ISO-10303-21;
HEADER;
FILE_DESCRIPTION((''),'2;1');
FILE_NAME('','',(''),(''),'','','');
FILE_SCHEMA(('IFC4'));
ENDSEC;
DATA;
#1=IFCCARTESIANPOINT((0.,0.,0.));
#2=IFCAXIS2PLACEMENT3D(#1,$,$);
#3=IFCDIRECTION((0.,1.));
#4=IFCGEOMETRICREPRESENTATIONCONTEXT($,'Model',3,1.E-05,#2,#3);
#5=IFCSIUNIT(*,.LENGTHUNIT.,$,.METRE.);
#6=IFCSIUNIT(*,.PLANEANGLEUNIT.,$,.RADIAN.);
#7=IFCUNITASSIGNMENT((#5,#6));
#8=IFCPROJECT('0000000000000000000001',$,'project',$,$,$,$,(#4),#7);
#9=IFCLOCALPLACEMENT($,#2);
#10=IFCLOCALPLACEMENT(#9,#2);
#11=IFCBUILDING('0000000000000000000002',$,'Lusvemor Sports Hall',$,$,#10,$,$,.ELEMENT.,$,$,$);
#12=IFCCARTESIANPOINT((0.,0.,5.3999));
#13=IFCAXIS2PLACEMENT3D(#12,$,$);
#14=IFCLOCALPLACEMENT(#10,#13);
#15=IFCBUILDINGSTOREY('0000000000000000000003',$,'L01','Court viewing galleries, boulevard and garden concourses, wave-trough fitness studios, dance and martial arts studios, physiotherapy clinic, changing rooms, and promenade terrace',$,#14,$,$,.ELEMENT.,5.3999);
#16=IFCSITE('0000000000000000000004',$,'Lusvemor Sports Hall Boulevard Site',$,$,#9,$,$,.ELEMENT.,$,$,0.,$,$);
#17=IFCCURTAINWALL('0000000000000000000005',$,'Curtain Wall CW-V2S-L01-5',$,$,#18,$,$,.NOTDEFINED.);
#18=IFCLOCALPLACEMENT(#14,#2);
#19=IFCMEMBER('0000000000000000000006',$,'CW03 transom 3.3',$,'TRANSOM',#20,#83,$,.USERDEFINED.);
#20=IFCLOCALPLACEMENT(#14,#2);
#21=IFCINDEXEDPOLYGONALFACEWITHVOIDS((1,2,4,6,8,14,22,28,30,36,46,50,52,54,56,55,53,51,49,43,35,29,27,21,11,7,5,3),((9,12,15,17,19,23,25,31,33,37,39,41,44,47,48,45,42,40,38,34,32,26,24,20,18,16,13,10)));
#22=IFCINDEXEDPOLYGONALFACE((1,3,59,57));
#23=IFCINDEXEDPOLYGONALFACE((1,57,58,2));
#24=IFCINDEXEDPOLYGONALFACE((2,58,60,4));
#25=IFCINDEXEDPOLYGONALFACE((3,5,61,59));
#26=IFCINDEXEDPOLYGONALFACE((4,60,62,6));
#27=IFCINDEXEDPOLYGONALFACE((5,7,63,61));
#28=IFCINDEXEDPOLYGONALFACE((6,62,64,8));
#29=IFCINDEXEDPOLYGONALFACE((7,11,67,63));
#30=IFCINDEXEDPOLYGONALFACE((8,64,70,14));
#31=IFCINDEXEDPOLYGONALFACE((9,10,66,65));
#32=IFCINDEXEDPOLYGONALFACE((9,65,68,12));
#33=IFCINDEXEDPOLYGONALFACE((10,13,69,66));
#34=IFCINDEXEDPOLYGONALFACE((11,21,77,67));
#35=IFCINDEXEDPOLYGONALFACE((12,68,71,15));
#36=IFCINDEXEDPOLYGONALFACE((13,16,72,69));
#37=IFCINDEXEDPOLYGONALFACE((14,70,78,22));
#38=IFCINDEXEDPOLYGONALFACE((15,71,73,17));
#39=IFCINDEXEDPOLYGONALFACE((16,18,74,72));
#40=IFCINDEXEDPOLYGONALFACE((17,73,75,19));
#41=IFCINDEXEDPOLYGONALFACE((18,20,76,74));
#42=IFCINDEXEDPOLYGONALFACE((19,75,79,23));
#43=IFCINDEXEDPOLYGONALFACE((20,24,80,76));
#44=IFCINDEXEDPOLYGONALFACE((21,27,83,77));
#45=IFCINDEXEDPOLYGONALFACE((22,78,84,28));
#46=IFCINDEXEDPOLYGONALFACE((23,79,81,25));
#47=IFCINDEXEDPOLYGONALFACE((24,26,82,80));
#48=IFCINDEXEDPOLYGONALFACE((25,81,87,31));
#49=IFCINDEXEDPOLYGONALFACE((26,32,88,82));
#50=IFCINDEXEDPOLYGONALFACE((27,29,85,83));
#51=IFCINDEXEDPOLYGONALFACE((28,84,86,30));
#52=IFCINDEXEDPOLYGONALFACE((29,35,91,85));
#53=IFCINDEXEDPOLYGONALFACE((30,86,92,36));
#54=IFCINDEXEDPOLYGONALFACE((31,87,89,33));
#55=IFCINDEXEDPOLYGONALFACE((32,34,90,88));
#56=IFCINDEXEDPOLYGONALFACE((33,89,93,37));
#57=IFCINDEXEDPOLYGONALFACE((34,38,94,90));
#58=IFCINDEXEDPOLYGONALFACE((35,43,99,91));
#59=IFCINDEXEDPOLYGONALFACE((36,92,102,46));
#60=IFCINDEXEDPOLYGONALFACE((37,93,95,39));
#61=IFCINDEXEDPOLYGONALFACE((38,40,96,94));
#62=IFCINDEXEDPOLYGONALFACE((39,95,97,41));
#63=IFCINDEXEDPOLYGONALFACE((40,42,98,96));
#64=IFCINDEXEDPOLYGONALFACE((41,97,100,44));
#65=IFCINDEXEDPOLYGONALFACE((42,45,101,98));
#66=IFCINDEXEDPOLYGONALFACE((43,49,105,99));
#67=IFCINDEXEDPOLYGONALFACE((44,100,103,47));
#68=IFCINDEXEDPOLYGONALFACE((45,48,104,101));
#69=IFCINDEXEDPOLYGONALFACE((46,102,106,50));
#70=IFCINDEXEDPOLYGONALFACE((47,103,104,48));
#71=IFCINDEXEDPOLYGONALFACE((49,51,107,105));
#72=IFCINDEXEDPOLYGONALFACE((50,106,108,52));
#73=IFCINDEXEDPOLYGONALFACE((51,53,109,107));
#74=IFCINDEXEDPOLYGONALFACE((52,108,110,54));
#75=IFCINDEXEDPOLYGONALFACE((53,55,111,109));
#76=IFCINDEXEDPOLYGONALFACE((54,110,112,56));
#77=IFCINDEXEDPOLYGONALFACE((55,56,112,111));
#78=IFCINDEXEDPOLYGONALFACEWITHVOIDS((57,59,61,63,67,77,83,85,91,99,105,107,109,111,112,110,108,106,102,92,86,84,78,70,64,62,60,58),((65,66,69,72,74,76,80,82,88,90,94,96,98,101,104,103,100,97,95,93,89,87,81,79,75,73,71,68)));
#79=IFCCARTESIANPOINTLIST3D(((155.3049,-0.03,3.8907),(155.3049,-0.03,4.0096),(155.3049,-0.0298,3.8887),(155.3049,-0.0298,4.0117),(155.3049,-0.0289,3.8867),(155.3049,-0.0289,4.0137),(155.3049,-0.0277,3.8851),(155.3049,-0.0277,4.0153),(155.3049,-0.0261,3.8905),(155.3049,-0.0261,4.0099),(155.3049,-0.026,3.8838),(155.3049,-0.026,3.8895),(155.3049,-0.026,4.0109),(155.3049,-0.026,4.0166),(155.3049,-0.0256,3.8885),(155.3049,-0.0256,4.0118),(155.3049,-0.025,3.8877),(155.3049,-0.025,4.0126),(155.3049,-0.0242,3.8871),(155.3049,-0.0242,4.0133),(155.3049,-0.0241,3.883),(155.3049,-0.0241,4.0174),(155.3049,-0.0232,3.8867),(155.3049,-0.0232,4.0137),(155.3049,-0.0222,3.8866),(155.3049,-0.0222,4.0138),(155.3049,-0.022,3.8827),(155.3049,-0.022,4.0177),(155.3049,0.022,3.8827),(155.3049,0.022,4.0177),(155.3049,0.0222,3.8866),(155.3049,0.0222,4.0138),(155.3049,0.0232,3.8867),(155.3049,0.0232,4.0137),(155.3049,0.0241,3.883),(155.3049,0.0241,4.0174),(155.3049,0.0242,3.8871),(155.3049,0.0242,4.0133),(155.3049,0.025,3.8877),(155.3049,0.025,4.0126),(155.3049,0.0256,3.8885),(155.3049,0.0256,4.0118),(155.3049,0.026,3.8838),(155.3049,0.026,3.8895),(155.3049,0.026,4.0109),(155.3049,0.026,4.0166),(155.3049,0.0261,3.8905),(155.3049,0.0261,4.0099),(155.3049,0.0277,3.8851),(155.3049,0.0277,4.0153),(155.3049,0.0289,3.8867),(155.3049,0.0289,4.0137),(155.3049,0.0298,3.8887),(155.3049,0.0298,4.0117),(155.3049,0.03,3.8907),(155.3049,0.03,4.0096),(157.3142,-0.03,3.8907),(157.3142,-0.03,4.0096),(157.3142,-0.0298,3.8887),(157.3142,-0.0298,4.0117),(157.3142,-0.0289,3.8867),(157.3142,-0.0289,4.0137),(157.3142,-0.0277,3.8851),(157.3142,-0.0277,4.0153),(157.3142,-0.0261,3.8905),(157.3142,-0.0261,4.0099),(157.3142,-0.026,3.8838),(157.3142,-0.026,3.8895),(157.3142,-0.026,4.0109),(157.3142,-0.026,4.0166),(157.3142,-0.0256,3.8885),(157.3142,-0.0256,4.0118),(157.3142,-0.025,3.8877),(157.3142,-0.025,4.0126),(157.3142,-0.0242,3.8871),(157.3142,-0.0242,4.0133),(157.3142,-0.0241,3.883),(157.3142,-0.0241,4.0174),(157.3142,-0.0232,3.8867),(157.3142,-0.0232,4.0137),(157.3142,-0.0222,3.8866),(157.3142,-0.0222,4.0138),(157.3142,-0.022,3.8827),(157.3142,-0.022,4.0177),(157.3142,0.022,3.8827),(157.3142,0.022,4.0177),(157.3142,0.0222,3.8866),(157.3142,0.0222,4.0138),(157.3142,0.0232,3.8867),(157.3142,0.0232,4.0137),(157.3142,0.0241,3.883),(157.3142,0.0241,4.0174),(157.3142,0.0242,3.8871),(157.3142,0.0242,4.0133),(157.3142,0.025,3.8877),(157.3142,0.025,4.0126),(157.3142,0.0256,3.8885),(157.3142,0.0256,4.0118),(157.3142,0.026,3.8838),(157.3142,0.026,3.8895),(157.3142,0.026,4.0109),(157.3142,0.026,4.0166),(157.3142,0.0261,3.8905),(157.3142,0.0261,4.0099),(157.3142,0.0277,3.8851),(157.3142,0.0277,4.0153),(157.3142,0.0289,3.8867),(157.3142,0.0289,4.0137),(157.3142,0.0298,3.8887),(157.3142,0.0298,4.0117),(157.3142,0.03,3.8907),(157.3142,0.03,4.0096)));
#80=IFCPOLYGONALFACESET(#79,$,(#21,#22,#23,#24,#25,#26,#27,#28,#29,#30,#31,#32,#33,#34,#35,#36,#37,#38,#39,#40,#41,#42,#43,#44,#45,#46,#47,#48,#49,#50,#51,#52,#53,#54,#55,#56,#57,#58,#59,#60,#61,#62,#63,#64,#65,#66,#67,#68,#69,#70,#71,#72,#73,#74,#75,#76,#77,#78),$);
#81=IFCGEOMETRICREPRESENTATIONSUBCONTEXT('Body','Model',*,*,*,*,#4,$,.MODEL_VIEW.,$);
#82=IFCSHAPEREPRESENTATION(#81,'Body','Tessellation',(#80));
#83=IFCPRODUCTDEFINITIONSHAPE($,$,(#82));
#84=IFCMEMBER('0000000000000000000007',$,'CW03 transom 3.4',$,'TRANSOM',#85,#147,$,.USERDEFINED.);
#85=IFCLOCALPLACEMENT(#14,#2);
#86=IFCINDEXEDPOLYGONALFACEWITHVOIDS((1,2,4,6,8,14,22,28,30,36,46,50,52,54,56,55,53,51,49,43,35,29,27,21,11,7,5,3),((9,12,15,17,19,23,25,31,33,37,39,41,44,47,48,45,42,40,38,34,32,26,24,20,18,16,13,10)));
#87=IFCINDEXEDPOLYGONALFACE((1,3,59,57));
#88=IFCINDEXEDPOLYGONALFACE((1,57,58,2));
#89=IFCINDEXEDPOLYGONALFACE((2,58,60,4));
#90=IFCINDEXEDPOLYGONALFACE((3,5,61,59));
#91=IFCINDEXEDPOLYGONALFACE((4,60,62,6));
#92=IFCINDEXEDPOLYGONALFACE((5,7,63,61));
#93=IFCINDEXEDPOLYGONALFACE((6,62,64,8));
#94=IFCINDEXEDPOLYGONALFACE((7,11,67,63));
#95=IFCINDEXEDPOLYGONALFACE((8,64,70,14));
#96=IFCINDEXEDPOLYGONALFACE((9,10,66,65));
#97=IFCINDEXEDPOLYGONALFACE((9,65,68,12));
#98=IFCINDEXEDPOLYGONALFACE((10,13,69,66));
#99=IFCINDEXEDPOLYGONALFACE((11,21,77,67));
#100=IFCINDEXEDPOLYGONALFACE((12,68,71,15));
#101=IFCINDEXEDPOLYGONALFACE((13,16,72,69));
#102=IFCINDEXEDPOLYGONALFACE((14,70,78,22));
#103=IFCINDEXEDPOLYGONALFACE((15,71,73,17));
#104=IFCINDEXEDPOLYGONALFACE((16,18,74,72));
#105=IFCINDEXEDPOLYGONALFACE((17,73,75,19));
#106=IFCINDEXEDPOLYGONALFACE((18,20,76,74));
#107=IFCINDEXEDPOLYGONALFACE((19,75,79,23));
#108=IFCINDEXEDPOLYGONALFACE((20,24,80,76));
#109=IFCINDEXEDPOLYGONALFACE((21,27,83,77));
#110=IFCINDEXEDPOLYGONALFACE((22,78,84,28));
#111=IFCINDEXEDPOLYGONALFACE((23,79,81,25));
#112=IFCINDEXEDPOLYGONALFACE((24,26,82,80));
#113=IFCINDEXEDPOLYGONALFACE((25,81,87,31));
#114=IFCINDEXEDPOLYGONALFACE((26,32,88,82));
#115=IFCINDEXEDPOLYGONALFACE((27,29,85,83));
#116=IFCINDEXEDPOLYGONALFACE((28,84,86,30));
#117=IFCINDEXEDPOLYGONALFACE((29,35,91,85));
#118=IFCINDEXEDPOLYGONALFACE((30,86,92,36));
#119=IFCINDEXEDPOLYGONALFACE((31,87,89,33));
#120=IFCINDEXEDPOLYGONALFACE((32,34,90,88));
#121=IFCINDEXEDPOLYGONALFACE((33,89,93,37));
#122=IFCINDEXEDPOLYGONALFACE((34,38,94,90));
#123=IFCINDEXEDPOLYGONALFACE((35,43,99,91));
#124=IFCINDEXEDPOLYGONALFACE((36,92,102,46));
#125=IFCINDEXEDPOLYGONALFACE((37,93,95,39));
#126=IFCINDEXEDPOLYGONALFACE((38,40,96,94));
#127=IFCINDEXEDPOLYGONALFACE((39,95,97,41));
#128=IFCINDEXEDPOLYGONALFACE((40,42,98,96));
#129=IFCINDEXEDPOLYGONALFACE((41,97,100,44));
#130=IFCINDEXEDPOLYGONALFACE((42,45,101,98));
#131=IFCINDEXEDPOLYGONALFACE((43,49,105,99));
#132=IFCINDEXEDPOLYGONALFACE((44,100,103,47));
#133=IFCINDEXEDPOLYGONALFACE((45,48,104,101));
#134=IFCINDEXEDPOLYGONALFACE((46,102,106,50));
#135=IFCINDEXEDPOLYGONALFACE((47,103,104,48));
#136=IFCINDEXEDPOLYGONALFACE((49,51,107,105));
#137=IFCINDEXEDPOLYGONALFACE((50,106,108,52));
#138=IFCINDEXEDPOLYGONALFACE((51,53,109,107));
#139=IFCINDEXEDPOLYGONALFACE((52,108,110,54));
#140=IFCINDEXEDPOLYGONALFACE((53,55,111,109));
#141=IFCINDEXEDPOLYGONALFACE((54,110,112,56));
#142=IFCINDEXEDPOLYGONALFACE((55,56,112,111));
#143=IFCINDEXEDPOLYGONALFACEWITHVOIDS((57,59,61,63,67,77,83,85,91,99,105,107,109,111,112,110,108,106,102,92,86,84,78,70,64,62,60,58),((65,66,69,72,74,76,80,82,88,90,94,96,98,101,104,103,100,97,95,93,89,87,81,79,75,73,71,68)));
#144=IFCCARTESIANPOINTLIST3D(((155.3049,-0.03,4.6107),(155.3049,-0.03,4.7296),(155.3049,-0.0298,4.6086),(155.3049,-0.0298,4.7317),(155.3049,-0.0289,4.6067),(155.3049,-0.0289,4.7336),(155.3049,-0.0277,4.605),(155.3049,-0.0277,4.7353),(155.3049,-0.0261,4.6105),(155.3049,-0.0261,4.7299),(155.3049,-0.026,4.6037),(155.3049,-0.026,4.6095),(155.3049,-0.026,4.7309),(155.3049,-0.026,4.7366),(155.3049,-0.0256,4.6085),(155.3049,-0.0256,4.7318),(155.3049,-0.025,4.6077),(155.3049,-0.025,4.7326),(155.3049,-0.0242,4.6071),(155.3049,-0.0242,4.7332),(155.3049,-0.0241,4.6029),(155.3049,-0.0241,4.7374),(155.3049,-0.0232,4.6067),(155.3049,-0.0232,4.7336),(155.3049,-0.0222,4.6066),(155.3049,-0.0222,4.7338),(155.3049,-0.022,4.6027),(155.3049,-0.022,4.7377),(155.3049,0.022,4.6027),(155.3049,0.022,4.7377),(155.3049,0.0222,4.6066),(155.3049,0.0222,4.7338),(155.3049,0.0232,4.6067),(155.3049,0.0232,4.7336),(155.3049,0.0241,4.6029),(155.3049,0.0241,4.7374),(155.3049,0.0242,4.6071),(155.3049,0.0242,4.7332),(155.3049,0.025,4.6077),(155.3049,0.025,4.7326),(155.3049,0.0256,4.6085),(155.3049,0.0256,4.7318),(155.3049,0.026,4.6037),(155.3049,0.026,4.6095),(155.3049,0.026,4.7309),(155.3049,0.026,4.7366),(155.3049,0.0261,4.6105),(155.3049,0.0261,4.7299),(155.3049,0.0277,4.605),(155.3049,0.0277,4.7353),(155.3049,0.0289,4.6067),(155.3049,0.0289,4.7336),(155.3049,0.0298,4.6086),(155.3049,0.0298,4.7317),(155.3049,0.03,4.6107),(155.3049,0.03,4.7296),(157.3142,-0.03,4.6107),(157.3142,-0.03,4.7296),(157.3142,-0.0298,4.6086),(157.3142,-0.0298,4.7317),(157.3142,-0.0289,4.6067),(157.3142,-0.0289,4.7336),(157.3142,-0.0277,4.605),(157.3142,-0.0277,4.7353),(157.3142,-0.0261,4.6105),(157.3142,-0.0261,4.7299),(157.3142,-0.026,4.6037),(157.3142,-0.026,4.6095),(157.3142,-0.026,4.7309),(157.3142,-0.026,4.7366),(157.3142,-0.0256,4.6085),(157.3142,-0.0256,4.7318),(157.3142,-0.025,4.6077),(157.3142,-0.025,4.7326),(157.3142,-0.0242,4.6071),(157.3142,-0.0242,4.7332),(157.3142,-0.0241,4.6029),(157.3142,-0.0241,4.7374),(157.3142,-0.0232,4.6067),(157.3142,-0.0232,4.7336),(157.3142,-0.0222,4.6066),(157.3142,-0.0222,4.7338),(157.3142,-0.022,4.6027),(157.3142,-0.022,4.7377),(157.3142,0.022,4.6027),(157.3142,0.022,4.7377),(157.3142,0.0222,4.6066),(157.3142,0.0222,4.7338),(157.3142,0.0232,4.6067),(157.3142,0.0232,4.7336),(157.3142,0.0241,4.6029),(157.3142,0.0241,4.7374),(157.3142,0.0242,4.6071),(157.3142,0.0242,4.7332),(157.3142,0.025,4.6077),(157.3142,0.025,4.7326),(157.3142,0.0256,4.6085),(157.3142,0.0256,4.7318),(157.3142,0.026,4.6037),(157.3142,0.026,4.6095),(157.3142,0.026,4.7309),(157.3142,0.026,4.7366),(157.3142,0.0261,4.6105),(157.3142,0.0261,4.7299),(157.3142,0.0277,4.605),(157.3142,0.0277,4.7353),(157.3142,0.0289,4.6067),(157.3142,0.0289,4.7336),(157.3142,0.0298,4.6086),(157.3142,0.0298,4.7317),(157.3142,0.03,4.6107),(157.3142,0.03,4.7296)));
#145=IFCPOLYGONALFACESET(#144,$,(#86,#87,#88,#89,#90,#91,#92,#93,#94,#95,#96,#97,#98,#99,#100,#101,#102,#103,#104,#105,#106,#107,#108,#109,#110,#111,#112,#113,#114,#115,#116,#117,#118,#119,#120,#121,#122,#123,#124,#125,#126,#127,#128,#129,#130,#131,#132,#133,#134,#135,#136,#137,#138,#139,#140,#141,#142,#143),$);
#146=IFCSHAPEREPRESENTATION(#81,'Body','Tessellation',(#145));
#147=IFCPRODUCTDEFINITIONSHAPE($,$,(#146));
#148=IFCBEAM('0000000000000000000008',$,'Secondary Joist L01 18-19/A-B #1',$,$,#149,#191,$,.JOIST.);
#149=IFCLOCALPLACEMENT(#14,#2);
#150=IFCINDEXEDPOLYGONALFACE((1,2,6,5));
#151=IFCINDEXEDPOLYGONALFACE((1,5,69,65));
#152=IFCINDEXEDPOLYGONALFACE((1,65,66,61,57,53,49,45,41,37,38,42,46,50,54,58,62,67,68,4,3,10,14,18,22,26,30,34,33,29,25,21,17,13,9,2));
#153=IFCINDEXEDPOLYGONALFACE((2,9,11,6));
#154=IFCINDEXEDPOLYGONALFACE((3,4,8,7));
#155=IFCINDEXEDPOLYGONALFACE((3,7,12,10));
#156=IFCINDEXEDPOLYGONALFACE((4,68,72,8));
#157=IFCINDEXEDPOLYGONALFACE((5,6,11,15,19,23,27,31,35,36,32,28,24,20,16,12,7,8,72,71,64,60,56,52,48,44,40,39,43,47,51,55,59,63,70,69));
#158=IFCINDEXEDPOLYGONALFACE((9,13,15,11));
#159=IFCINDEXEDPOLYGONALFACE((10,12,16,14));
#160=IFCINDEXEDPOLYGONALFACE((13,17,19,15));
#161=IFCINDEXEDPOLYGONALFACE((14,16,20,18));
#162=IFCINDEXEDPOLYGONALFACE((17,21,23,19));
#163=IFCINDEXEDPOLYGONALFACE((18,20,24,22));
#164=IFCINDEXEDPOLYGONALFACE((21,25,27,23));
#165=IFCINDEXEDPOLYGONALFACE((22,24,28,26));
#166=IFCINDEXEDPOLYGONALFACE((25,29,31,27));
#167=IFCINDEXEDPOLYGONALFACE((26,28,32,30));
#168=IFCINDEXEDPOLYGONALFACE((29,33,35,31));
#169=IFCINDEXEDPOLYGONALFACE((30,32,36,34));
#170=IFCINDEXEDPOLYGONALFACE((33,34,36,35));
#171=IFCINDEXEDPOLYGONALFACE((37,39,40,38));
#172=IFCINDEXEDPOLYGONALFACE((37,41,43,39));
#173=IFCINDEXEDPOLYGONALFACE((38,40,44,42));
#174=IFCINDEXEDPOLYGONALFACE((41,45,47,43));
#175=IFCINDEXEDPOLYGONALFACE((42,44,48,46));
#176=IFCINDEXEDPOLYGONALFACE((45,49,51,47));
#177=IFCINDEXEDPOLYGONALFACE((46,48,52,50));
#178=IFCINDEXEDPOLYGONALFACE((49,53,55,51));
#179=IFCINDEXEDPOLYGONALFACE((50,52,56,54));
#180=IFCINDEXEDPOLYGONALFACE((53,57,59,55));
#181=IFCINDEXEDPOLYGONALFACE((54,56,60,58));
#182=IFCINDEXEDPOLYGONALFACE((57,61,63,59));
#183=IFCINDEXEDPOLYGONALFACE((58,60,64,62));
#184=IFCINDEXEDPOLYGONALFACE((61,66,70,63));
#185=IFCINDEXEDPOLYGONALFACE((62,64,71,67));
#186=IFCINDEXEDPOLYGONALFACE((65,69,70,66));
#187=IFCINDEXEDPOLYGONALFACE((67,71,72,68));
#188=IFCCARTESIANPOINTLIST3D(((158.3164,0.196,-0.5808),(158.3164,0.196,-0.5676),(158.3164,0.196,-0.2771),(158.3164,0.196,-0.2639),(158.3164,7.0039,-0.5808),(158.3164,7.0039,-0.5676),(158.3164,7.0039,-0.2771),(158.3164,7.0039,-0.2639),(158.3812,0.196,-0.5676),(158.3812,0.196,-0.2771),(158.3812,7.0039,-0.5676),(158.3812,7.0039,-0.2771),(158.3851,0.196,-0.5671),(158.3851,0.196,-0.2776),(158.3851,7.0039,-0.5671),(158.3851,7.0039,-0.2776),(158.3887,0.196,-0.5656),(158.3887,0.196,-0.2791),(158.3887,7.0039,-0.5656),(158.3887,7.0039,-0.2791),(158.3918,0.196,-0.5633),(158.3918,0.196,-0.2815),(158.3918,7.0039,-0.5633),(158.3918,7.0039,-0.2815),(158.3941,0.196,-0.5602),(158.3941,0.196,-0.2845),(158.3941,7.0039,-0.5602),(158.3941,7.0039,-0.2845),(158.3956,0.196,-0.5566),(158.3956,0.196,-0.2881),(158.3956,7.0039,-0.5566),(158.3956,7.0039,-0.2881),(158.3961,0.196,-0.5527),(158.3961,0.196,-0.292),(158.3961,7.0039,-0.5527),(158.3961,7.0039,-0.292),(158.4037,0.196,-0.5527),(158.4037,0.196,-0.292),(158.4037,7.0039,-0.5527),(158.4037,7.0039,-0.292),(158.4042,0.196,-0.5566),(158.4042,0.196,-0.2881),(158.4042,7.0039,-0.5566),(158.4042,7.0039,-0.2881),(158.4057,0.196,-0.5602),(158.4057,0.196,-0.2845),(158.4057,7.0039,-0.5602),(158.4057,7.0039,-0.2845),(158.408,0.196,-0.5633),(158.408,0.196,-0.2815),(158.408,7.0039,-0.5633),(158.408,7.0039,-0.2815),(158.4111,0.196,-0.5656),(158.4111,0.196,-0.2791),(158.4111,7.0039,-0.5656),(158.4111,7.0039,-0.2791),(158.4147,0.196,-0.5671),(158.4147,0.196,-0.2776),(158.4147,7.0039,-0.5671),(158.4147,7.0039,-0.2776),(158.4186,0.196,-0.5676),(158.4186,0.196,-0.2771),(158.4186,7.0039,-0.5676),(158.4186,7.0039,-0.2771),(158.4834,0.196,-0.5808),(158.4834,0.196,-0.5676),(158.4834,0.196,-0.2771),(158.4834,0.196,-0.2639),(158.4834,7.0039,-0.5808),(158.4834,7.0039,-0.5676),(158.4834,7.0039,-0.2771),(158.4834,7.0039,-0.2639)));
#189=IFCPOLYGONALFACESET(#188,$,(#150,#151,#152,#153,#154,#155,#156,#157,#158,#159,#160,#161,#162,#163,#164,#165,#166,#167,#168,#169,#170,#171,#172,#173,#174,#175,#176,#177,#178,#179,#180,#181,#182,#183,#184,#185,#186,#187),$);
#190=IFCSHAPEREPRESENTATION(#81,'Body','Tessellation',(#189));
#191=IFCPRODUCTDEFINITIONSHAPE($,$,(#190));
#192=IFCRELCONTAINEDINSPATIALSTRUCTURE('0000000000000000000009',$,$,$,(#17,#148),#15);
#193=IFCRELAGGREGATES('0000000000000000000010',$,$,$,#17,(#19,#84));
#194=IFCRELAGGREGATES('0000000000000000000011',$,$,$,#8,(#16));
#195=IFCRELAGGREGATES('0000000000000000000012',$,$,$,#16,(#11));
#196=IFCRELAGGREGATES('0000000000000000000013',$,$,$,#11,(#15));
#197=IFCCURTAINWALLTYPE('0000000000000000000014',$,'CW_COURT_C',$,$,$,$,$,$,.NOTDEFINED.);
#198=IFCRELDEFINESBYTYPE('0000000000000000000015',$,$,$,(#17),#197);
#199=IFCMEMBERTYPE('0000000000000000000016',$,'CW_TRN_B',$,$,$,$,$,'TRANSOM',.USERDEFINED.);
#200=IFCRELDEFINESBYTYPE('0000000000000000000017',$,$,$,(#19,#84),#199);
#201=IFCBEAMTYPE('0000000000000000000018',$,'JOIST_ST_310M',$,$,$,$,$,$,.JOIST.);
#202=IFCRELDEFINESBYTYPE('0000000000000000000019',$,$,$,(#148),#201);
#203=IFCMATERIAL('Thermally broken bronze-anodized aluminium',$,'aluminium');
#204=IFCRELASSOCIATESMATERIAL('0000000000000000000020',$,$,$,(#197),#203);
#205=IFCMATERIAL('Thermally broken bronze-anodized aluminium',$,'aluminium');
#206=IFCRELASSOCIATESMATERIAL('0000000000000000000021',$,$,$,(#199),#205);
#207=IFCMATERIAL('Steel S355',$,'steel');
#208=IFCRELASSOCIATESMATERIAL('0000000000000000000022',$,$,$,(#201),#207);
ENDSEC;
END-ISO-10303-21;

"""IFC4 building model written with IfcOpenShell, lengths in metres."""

from ifc_helpers import new_model, si_unit, direction, frame, origin, origin_2d, place, context, subcontext, project, spatial, hollow_rectangle, i_section, extrude, material, material_profile, profile_set, type_object, element, aggregate, save


model = new_model("IFC4")

# Units and contexts
model_context = context("Model", 3, precision=1e-05, world=origin(), true_north=direction((0.0, 1.0)))
body_context = subcontext(model_context, "Body", "Model", "MODEL_VIEW")
ifc_project = project(units=[si_unit("LENGTHUNIT", "METRE"), si_unit("PLANEANGLEUNIT", "RADIAN")], contexts=[model_context])

# Site, building, storey
site_placement = place(None, origin())
site = spatial("IfcSite", under=ifc_project, at=site_placement, Name="Lusvemor Sports Hall Boulevard Site", CompositionType="ELEMENT", RefElevation=0.0)
building_placement = place(site_placement, origin())
building = spatial("IfcBuilding", under=site, at=building_placement, Name="Lusvemor Sports Hall", CompositionType="ELEMENT")
storey_placement = place(building_placement, frame((0.0, 0.0, 5.3999)))
storey = spatial("IfcBuildingStorey", under=building, at=storey_placement, Name="L01", Description="Court viewing galleries, boulevard and garden concourses, wave-trough fitness studios, dance and martial arts studios, physiotherapy clinic, changing rooms, and promenade terrace", CompositionType="ELEMENT", Elevation=5.3999)

# Curtain wall
ifc_material_1 = material(Name="Thermally broken bronze-anodized aluminium", Category="aluminium")
curtain_wall_type = type_object("IfcCurtainWallType", Name="CW_COURT_C", PredefinedType="NOTDEFINED", material=ifc_material_1)
curtain_wall_1_placement = place(storey_placement, origin())
curtain_wall_1 = element("IfcCurtainWall", 1, at=curtain_wall_1_placement, inside=storey, type_object=curtain_wall_type, Name="Curtain Wall CW-V2S-L01-5", PredefinedType="NOTDEFINED")

# Members
ifc_material_2 = material(Name="Thermally broken bronze-anodized aluminium", Category="aluminium")
ifc_material_profile_1 = material_profile(ifc_material_2, hollow_rectangle(XDim=0.0601, YDim=0.135, WallThickness=0.0039, InnerFilletRadius=0.0039, OuterFilletRadius=0.0081, at=origin_2d()), Name="CWTRN135x60x4")
ifc_profile_set_1 = profile_set([ifc_material_profile_1], Name="Thermally broken bronze-anodized aluminium")
member_type_1 = type_object("IfcMemberType", Name="CW_TRN_B", ElementType="TRANSOM", PredefinedType="USERDEFINED", material=ifc_profile_set_1)
member_1_placement = place(storey_placement, frame((157.3142, 0.0, 3.9502), z_axis=(-1.0, 0.0, 0.0), x_axis=(0.0, -1.0, 0.0)))
member_1 = element("IfcMember", 2, at=member_1_placement, type_object=member_type_1, Name="CW03 transom 3.3", ObjectType="TRANSOM", PredefinedType="USERDEFINED", context=body_context, shape_type="SweptSolid", body=[
    extrude(hollow_rectangle(XDim=0.0601, YDim=0.135, WallThickness=0.0039, InnerFilletRadius=0.0039, OuterFilletRadius=0.0081, at=origin_2d()), origin(), (0.0, 0.0, 1.0), 2.0093),
])
member_2_placement = place(storey_placement, frame((157.3142, 0.0, 4.6702), z_axis=(-1.0, 0.0, 0.0), x_axis=(0.0, -1.0, 0.0)))
member_2 = element("IfcMember", 3, at=member_2_placement, type_object=member_type_1, Name="CW03 transom 3.4", ObjectType="TRANSOM", PredefinedType="USERDEFINED", context=body_context, shape_type="SweptSolid", body=[
    extrude(hollow_rectangle(XDim=0.0601, YDim=0.135, WallThickness=0.0039, InnerFilletRadius=0.0039, OuterFilletRadius=0.0081, at=origin_2d()), origin(), (0.0, 0.0, 1.0), 2.0093),
])

# Beam
ifc_material_3 = material(Name="Steel S355", Category="steel")
ifc_material_profile_2 = material_profile(ifc_material_3, i_section(OverallWidth=0.167, OverallDepth=0.3169, WebThickness=0.0076, FlangeThickness=0.0132, FilletRadius=0.0149, at=origin_2d()), Name="W310x52.0")
ifc_profile_set_2 = profile_set([ifc_material_profile_2], Name="Steel S355")
beam_type_1 = type_object("IfcBeamType", Name="JOIST_ST_310M", PredefinedType="JOIST", material=ifc_profile_set_2)
beam_1_placement = place(storey_placement, frame((158.3999, 0.196, -0.4224), z_axis=(0.0, 1.0, 0.0), x_axis=(-1.0, 0.0, 0.0)))
element("IfcBeam", 4, at=beam_1_placement, inside=storey, type_object=beam_type_1, Name="Secondary Joist L01 18-19/A-B #1", PredefinedType="JOIST", context=body_context, shape_type="SweptSolid", body=[
    extrude(i_section(OverallWidth=0.167, OverallDepth=0.3169, WebThickness=0.0076, FlangeThickness=0.0132, FilletRadius=0.0149, at=origin_2d()), origin(), (0.0, 0.0, 1.0), 6.8079),
])

aggregate(curtain_wall_1, [member_1, member_2])

save(model, "model.ifc")
